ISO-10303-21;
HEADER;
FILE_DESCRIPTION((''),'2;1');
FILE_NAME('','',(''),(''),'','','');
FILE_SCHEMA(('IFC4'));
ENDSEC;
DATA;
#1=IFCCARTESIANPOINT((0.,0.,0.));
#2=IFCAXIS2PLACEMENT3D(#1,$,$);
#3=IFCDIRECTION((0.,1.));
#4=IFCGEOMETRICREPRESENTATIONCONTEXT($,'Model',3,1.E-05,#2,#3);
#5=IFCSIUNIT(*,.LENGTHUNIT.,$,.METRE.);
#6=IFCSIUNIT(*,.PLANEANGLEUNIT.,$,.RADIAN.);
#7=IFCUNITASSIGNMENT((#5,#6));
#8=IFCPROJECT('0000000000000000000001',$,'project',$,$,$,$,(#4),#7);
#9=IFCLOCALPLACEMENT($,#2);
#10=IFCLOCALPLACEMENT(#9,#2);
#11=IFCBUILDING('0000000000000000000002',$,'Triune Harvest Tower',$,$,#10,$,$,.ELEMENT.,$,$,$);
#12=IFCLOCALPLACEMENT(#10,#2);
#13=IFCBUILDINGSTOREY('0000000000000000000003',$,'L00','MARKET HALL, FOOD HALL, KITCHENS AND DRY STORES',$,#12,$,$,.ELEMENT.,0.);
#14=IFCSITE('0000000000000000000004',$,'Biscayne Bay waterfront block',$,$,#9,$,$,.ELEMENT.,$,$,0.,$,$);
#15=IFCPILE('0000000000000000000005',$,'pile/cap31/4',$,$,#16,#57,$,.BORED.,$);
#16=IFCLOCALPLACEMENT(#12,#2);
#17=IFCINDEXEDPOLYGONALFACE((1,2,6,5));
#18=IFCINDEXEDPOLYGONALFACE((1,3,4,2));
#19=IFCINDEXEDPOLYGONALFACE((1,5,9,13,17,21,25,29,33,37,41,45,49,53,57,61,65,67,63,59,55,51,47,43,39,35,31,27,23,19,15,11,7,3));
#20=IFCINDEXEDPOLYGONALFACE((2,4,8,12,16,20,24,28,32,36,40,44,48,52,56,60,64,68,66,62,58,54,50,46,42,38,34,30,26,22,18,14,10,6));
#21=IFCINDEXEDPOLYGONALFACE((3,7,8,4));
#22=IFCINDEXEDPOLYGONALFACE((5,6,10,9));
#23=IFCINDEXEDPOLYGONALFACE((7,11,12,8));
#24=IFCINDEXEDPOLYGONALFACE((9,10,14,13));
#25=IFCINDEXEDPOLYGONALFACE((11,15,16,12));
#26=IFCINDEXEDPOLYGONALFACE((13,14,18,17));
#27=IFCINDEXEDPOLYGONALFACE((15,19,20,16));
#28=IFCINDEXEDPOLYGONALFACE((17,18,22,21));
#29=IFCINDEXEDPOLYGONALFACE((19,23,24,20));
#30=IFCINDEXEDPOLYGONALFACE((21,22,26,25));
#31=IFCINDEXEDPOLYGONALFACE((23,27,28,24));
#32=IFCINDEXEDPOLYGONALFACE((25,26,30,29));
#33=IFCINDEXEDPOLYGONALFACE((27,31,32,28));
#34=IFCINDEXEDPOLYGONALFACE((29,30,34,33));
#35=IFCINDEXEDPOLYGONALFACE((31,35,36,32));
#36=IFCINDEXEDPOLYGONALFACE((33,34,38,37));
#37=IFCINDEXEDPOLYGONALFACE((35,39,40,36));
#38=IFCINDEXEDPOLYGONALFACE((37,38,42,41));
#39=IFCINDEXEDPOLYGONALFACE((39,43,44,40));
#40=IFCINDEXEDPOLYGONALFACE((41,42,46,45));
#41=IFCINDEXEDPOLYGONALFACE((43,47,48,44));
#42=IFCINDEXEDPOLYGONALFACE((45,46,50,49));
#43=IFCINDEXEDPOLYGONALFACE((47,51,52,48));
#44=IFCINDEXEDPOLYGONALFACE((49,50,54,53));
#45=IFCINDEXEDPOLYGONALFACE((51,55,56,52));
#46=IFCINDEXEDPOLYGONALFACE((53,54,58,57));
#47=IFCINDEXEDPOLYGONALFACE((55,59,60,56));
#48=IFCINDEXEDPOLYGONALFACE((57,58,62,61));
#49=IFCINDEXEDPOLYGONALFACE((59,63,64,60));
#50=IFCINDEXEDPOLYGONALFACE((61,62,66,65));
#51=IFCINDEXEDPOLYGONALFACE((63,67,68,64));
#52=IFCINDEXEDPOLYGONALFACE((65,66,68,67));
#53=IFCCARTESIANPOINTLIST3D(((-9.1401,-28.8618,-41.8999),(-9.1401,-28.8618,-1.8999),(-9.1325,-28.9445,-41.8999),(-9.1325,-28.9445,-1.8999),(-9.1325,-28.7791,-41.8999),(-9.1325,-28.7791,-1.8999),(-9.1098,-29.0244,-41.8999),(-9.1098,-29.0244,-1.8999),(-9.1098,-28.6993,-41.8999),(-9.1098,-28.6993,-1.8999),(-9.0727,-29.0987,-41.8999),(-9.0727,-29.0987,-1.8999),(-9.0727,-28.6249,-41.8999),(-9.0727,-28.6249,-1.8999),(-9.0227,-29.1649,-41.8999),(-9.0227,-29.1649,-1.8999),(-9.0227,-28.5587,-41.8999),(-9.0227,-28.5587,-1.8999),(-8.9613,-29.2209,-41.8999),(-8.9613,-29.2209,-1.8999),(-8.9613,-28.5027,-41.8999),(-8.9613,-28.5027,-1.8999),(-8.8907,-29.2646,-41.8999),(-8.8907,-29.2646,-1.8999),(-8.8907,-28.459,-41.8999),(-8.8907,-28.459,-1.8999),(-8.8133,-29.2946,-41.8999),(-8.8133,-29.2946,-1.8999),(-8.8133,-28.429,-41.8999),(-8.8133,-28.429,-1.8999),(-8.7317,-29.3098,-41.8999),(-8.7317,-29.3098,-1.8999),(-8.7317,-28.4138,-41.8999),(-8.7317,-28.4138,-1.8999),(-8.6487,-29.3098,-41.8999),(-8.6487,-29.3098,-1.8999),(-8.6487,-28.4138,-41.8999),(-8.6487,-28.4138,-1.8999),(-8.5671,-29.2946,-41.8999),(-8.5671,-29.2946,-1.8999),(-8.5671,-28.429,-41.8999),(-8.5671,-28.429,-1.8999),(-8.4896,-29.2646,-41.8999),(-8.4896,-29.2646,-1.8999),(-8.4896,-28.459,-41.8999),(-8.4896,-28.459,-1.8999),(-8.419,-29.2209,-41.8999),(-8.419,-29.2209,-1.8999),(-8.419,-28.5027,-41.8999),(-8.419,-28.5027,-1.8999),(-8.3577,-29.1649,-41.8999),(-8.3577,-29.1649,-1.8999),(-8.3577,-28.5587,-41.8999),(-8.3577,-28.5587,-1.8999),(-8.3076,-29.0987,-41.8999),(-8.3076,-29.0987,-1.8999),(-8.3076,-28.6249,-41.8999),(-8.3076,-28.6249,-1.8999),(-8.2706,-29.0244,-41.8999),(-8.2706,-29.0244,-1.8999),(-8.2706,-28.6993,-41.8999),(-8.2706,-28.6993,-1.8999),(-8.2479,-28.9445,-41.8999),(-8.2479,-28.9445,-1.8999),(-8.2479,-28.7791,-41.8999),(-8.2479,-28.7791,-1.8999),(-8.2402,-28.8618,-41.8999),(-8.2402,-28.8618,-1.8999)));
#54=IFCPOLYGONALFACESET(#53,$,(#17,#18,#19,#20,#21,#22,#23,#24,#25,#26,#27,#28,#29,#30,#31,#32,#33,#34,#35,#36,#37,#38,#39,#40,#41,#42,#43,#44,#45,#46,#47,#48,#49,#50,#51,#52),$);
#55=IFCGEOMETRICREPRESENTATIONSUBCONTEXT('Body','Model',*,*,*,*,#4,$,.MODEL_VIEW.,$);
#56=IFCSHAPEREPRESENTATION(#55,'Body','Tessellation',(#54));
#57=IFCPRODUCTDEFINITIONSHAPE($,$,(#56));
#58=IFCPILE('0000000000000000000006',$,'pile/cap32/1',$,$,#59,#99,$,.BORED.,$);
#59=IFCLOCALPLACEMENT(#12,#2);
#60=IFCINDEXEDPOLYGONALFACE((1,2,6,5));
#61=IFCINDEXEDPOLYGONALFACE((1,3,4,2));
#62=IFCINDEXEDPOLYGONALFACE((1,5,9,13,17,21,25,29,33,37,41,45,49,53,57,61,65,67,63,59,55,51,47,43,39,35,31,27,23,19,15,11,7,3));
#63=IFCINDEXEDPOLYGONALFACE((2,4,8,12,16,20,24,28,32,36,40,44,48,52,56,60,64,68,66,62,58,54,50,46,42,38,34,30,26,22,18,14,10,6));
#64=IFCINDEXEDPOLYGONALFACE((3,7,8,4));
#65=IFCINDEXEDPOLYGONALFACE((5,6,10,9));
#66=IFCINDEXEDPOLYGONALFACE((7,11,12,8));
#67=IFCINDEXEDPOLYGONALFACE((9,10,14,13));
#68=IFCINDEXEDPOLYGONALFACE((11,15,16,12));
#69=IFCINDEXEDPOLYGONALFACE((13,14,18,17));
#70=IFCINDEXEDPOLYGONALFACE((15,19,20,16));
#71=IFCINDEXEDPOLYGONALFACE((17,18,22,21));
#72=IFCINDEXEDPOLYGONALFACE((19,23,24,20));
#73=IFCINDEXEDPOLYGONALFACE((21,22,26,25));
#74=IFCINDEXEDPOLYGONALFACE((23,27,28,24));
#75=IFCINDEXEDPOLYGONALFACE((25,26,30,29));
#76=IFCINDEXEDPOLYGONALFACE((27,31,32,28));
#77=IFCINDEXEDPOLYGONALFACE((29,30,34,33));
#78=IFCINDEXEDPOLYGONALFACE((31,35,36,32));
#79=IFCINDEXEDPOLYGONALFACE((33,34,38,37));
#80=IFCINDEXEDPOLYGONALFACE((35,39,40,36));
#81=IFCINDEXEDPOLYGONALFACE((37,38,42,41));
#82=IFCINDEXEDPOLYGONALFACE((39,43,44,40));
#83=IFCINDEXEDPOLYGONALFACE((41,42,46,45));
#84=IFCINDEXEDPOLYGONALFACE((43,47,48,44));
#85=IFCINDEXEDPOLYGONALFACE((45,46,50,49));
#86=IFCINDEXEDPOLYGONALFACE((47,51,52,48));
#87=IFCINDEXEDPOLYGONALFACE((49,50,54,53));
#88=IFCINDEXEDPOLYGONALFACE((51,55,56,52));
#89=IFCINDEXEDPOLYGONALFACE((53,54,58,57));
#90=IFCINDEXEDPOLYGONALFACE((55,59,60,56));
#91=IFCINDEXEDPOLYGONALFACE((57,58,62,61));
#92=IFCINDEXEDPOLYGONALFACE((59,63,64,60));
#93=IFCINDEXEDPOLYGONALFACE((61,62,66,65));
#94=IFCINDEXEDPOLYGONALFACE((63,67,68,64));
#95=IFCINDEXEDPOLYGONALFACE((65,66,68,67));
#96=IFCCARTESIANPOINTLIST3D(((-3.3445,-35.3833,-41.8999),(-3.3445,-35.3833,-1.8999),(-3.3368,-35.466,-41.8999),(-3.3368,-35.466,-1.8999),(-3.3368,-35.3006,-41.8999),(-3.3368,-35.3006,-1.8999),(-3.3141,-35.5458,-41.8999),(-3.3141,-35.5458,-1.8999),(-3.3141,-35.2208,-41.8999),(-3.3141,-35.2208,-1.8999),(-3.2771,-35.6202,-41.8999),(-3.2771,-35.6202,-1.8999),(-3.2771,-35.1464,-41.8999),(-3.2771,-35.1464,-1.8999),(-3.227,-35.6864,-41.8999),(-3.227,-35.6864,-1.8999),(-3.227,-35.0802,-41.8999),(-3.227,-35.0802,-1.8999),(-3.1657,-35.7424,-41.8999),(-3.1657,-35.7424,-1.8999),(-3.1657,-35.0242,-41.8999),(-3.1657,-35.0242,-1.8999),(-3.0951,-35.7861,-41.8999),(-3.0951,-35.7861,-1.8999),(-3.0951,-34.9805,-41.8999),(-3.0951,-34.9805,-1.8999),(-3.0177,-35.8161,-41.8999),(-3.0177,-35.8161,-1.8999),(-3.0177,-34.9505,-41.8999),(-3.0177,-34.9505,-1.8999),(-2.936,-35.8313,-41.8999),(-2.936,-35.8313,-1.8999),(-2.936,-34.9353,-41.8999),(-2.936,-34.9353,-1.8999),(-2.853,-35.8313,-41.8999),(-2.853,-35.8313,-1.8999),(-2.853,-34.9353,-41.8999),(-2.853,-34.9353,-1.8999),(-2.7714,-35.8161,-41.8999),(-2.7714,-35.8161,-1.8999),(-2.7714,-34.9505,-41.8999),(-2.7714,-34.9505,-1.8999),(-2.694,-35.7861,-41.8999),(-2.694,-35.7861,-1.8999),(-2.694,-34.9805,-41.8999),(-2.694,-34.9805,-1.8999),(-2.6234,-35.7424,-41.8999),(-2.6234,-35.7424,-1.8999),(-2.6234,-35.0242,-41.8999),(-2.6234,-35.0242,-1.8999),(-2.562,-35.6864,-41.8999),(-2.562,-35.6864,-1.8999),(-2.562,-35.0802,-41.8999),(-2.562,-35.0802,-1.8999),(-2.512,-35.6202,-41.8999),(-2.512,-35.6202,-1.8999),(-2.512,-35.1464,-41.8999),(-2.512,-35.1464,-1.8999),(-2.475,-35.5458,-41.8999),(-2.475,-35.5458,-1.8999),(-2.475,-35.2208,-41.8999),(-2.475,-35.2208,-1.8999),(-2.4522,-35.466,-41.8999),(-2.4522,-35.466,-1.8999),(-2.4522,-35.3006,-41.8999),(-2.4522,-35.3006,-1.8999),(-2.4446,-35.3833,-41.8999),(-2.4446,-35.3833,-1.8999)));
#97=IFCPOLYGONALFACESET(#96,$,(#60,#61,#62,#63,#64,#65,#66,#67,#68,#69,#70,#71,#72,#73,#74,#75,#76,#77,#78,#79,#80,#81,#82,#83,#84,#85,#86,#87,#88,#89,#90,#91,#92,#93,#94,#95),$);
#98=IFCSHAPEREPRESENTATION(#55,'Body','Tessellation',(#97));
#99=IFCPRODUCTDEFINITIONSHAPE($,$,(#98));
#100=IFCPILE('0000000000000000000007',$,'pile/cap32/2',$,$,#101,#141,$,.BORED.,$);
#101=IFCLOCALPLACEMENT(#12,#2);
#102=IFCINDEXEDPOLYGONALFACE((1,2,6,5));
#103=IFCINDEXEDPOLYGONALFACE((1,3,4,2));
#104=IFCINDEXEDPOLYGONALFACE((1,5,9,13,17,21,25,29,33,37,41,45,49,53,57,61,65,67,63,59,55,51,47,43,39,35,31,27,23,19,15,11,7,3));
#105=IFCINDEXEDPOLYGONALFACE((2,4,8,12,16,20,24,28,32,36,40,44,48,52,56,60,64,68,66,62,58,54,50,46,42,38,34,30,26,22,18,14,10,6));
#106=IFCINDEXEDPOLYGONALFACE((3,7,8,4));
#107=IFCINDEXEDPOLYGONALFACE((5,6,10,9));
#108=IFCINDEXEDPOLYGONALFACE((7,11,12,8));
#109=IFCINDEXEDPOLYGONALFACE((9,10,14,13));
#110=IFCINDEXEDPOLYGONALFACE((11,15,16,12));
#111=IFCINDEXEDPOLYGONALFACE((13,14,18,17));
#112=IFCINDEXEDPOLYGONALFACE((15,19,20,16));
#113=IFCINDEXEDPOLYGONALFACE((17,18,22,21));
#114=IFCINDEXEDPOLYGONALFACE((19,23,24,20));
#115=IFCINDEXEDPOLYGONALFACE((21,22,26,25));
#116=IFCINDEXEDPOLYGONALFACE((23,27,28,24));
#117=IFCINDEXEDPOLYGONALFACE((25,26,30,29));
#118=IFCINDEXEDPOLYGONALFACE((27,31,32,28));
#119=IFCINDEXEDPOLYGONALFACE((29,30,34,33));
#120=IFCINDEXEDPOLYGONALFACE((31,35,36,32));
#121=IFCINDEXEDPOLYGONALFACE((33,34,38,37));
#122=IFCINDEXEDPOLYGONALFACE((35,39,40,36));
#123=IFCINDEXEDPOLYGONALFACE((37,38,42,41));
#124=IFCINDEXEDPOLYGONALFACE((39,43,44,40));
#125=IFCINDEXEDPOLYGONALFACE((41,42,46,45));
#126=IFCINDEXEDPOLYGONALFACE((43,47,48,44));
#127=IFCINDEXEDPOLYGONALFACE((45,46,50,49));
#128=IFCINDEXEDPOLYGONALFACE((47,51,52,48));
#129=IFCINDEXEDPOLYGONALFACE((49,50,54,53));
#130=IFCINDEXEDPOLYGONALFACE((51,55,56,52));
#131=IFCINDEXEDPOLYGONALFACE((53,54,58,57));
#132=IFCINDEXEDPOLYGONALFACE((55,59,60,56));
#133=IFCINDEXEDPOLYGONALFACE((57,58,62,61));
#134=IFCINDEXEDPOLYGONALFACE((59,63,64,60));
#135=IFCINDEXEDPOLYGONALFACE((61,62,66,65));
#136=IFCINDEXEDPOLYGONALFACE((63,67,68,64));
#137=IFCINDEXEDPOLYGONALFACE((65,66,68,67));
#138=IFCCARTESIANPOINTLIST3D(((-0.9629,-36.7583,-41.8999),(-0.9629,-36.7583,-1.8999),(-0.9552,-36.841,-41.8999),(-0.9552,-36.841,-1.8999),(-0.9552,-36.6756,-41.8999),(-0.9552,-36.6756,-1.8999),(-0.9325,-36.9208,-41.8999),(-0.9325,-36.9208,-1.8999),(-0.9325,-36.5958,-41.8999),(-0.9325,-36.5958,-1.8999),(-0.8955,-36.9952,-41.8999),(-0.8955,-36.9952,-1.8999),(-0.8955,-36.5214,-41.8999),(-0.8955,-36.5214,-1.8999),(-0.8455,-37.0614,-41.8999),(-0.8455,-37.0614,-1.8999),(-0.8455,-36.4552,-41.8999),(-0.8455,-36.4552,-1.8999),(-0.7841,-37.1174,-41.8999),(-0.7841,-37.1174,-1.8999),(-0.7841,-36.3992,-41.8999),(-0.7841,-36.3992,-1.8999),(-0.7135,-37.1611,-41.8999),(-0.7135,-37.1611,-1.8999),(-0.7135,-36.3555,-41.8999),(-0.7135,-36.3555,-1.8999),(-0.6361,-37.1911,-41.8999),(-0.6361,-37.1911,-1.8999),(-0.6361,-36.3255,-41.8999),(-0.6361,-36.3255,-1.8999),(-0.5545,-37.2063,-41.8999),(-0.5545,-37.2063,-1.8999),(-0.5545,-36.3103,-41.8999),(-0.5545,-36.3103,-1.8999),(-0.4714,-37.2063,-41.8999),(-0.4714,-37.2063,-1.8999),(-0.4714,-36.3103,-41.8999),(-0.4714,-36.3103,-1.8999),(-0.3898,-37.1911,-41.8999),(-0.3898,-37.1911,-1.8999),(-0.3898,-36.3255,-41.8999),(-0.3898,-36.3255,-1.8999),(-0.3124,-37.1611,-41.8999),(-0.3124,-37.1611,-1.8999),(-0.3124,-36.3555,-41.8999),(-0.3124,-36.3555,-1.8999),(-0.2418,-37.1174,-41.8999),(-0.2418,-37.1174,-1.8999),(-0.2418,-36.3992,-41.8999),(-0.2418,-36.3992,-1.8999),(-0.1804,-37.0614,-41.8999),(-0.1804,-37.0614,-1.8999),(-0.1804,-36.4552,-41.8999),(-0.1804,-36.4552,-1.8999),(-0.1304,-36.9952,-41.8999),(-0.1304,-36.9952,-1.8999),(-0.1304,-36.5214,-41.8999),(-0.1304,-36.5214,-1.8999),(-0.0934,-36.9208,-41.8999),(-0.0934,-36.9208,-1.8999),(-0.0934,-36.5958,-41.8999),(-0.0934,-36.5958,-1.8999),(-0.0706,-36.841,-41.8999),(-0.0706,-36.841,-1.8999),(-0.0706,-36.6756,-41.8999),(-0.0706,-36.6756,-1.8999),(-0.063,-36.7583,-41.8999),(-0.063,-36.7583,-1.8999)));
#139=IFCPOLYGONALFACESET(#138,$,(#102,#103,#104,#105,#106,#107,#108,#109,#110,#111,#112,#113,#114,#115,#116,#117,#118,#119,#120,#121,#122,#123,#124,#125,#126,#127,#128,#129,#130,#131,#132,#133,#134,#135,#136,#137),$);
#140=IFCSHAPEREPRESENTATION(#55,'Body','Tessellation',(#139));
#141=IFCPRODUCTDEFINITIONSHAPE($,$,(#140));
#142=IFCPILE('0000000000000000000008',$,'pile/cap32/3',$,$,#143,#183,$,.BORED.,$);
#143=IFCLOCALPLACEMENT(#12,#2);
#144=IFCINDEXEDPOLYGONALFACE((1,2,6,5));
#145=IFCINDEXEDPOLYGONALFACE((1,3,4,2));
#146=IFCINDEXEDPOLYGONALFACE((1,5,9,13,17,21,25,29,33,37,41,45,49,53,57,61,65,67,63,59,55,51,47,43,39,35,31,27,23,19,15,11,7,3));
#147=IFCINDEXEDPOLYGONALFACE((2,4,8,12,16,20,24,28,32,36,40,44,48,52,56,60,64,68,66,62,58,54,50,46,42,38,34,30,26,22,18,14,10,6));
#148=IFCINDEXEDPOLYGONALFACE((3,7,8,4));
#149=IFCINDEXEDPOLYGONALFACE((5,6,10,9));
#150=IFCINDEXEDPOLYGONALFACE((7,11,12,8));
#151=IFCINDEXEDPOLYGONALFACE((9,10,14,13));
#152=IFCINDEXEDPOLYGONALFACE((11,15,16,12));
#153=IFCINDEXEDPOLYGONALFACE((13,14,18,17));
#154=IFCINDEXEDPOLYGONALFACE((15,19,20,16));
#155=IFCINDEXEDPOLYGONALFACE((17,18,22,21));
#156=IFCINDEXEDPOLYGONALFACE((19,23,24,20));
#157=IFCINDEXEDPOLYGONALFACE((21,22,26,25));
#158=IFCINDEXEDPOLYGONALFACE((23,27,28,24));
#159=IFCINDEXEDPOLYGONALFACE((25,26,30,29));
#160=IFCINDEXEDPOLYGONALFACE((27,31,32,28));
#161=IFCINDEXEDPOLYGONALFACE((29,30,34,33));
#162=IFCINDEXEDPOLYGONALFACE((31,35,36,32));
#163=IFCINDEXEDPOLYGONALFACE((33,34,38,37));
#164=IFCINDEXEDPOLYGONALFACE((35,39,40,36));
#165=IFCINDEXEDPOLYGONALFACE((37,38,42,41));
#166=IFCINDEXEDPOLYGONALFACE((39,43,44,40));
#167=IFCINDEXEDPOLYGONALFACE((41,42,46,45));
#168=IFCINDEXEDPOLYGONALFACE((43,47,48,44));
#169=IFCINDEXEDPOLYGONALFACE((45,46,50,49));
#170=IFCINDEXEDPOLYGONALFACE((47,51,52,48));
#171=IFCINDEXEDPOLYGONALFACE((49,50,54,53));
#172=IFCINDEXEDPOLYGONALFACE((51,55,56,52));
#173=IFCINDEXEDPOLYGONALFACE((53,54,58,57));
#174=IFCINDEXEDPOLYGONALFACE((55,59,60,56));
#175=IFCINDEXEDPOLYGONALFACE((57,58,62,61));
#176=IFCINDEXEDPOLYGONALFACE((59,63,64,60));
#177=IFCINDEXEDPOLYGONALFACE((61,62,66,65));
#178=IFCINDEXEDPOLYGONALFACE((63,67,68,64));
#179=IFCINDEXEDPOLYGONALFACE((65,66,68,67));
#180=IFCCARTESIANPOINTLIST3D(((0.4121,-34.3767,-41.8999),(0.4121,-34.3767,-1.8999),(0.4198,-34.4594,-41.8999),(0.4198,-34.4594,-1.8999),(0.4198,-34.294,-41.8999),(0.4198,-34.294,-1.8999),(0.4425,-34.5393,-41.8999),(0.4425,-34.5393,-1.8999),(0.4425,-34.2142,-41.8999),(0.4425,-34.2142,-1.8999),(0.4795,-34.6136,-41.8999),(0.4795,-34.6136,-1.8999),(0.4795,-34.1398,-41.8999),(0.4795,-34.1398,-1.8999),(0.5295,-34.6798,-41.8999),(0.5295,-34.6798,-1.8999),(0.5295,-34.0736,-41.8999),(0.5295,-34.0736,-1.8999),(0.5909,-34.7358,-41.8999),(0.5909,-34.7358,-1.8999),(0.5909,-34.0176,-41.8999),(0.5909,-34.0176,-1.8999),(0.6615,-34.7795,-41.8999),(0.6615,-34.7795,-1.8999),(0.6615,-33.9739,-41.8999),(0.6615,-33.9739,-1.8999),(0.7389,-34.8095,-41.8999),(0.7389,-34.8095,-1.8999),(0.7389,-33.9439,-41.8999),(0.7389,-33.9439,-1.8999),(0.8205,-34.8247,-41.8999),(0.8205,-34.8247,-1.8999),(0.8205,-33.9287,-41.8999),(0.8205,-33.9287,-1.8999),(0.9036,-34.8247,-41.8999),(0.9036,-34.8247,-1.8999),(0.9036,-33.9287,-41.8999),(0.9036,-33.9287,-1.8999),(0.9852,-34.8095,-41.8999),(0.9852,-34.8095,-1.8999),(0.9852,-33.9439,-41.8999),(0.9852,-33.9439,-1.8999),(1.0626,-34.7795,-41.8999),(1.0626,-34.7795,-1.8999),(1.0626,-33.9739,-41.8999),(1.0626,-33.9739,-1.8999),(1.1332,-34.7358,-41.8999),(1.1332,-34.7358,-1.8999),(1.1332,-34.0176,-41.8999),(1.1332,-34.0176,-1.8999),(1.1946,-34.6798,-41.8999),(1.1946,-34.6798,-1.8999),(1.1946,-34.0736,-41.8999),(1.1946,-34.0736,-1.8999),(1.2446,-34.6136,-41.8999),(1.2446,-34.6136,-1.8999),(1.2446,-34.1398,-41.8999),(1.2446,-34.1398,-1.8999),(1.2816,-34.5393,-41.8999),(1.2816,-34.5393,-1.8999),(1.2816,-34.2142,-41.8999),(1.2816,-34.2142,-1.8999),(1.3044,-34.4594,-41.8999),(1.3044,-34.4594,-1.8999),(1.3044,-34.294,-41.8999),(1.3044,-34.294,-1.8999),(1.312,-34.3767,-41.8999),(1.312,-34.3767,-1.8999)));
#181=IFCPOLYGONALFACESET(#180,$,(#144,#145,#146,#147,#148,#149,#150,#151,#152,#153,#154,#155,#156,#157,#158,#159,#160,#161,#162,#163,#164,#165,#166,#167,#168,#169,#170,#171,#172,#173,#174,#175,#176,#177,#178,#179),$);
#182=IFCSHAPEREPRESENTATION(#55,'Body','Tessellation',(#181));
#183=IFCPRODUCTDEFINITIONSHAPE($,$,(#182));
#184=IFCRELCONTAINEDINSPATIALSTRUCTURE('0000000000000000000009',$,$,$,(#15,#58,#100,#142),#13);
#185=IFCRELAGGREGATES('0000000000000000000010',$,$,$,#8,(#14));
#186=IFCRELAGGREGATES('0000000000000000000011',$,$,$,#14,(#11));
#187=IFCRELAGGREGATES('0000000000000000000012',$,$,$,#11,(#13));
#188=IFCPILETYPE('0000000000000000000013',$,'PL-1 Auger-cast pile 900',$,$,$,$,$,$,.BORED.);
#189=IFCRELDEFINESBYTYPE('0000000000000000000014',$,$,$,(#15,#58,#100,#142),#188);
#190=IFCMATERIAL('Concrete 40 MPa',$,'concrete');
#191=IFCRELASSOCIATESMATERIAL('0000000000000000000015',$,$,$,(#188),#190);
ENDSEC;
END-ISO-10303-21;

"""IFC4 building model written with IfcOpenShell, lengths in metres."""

from ifc_helpers import new_model, si_unit, direction, frame, origin, origin_2d, place, context, subcontext, project, spatial, circle, extrude, source, transform, mapped, material, material_profile, profile_set, type_object, element, save


model = new_model("IFC4")

# Units and contexts
model_context = context("Model", 3, precision=1e-05, world=origin(), true_north=direction((0.0, 1.0)))
body_context = subcontext(model_context, "Body", "Model", "MODEL_VIEW")
ifc_project = project(units=[si_unit("LENGTHUNIT", "METRE"), si_unit("PLANEANGLEUNIT", "RADIAN")], contexts=[model_context])

# Site, building, storey
site_placement = place(None, origin())
site = spatial("IfcSite", under=ifc_project, at=site_placement, Name="Biscayne Bay waterfront block", CompositionType="ELEMENT", RefElevation=0.0)
building_placement = place(site_placement, origin())
building = spatial("IfcBuilding", under=site, at=building_placement, Name="Triune Harvest Tower", CompositionType="ELEMENT")
storey_placement = place(building_placement, origin())
storey = spatial("IfcBuildingStorey", under=building, at=storey_placement, Name="L00", Description="MARKET HALL, FOOD HALL, KITCHENS AND DRY STORES", CompositionType="ELEMENT", Elevation=0.0)

# Piles
ifc_material_1 = material(Name="Concrete 40 MPa", Category="concrete")
ifc_material_profile_1 = material_profile(ifc_material_1, circle(Radius=0.45, at=origin_2d()), Name="Bored 900")
ifc_profile_set_1 = profile_set([ifc_material_profile_1], Name="Concrete 40 MPa")
pile_type = type_object("IfcPileType", Name="PL-1 Auger-cast pile 900", PredefinedType="BORED", material=ifc_profile_set_1)
shared_shape_1 = source(origin(), body_context, "Body", "SweptSolid", [
    extrude(circle(Radius=0.45, at=origin_2d()), origin(), (0.0, 0.0, 1.0), 40.0),
])
for number, where, z_axis, x_axis, name in (
    (1, (-8.6902, -28.8618, -1.8999), (0.0, 0.0, -1.0), (1.0, 0.0, 0.0), "pile/cap31/4"),
    (2, (-2.8945, -35.3833, -1.8999), (0.0, 0.0, -1.0), (1.0, 0.0, 0.0), "pile/cap32/1"),
    (3, (-0.5129, -36.7583, -1.8999), (0.0, 0.0, -1.0), (1.0, 0.0, 0.0), "pile/cap32/2"),
    (4, (0.8621, -34.3767, -1.8999), (0.0, 0.0, -1.0), (1.0, 0.0, 0.0), "pile/cap32/3"),
):
    element("IfcPile", number, at=place(storey_placement, frame(where, z_axis=z_axis, x_axis=x_axis)), inside=storey, type_object=pile_type, Name=name, PredefinedType="BORED", context=body_context, shape_type="MappedRepresentation", body=[
        mapped(shared_shape_1, transform((0.0, 0.0, 0.0), scale=1.0)),
    ])

save(model, "model.ifc")
